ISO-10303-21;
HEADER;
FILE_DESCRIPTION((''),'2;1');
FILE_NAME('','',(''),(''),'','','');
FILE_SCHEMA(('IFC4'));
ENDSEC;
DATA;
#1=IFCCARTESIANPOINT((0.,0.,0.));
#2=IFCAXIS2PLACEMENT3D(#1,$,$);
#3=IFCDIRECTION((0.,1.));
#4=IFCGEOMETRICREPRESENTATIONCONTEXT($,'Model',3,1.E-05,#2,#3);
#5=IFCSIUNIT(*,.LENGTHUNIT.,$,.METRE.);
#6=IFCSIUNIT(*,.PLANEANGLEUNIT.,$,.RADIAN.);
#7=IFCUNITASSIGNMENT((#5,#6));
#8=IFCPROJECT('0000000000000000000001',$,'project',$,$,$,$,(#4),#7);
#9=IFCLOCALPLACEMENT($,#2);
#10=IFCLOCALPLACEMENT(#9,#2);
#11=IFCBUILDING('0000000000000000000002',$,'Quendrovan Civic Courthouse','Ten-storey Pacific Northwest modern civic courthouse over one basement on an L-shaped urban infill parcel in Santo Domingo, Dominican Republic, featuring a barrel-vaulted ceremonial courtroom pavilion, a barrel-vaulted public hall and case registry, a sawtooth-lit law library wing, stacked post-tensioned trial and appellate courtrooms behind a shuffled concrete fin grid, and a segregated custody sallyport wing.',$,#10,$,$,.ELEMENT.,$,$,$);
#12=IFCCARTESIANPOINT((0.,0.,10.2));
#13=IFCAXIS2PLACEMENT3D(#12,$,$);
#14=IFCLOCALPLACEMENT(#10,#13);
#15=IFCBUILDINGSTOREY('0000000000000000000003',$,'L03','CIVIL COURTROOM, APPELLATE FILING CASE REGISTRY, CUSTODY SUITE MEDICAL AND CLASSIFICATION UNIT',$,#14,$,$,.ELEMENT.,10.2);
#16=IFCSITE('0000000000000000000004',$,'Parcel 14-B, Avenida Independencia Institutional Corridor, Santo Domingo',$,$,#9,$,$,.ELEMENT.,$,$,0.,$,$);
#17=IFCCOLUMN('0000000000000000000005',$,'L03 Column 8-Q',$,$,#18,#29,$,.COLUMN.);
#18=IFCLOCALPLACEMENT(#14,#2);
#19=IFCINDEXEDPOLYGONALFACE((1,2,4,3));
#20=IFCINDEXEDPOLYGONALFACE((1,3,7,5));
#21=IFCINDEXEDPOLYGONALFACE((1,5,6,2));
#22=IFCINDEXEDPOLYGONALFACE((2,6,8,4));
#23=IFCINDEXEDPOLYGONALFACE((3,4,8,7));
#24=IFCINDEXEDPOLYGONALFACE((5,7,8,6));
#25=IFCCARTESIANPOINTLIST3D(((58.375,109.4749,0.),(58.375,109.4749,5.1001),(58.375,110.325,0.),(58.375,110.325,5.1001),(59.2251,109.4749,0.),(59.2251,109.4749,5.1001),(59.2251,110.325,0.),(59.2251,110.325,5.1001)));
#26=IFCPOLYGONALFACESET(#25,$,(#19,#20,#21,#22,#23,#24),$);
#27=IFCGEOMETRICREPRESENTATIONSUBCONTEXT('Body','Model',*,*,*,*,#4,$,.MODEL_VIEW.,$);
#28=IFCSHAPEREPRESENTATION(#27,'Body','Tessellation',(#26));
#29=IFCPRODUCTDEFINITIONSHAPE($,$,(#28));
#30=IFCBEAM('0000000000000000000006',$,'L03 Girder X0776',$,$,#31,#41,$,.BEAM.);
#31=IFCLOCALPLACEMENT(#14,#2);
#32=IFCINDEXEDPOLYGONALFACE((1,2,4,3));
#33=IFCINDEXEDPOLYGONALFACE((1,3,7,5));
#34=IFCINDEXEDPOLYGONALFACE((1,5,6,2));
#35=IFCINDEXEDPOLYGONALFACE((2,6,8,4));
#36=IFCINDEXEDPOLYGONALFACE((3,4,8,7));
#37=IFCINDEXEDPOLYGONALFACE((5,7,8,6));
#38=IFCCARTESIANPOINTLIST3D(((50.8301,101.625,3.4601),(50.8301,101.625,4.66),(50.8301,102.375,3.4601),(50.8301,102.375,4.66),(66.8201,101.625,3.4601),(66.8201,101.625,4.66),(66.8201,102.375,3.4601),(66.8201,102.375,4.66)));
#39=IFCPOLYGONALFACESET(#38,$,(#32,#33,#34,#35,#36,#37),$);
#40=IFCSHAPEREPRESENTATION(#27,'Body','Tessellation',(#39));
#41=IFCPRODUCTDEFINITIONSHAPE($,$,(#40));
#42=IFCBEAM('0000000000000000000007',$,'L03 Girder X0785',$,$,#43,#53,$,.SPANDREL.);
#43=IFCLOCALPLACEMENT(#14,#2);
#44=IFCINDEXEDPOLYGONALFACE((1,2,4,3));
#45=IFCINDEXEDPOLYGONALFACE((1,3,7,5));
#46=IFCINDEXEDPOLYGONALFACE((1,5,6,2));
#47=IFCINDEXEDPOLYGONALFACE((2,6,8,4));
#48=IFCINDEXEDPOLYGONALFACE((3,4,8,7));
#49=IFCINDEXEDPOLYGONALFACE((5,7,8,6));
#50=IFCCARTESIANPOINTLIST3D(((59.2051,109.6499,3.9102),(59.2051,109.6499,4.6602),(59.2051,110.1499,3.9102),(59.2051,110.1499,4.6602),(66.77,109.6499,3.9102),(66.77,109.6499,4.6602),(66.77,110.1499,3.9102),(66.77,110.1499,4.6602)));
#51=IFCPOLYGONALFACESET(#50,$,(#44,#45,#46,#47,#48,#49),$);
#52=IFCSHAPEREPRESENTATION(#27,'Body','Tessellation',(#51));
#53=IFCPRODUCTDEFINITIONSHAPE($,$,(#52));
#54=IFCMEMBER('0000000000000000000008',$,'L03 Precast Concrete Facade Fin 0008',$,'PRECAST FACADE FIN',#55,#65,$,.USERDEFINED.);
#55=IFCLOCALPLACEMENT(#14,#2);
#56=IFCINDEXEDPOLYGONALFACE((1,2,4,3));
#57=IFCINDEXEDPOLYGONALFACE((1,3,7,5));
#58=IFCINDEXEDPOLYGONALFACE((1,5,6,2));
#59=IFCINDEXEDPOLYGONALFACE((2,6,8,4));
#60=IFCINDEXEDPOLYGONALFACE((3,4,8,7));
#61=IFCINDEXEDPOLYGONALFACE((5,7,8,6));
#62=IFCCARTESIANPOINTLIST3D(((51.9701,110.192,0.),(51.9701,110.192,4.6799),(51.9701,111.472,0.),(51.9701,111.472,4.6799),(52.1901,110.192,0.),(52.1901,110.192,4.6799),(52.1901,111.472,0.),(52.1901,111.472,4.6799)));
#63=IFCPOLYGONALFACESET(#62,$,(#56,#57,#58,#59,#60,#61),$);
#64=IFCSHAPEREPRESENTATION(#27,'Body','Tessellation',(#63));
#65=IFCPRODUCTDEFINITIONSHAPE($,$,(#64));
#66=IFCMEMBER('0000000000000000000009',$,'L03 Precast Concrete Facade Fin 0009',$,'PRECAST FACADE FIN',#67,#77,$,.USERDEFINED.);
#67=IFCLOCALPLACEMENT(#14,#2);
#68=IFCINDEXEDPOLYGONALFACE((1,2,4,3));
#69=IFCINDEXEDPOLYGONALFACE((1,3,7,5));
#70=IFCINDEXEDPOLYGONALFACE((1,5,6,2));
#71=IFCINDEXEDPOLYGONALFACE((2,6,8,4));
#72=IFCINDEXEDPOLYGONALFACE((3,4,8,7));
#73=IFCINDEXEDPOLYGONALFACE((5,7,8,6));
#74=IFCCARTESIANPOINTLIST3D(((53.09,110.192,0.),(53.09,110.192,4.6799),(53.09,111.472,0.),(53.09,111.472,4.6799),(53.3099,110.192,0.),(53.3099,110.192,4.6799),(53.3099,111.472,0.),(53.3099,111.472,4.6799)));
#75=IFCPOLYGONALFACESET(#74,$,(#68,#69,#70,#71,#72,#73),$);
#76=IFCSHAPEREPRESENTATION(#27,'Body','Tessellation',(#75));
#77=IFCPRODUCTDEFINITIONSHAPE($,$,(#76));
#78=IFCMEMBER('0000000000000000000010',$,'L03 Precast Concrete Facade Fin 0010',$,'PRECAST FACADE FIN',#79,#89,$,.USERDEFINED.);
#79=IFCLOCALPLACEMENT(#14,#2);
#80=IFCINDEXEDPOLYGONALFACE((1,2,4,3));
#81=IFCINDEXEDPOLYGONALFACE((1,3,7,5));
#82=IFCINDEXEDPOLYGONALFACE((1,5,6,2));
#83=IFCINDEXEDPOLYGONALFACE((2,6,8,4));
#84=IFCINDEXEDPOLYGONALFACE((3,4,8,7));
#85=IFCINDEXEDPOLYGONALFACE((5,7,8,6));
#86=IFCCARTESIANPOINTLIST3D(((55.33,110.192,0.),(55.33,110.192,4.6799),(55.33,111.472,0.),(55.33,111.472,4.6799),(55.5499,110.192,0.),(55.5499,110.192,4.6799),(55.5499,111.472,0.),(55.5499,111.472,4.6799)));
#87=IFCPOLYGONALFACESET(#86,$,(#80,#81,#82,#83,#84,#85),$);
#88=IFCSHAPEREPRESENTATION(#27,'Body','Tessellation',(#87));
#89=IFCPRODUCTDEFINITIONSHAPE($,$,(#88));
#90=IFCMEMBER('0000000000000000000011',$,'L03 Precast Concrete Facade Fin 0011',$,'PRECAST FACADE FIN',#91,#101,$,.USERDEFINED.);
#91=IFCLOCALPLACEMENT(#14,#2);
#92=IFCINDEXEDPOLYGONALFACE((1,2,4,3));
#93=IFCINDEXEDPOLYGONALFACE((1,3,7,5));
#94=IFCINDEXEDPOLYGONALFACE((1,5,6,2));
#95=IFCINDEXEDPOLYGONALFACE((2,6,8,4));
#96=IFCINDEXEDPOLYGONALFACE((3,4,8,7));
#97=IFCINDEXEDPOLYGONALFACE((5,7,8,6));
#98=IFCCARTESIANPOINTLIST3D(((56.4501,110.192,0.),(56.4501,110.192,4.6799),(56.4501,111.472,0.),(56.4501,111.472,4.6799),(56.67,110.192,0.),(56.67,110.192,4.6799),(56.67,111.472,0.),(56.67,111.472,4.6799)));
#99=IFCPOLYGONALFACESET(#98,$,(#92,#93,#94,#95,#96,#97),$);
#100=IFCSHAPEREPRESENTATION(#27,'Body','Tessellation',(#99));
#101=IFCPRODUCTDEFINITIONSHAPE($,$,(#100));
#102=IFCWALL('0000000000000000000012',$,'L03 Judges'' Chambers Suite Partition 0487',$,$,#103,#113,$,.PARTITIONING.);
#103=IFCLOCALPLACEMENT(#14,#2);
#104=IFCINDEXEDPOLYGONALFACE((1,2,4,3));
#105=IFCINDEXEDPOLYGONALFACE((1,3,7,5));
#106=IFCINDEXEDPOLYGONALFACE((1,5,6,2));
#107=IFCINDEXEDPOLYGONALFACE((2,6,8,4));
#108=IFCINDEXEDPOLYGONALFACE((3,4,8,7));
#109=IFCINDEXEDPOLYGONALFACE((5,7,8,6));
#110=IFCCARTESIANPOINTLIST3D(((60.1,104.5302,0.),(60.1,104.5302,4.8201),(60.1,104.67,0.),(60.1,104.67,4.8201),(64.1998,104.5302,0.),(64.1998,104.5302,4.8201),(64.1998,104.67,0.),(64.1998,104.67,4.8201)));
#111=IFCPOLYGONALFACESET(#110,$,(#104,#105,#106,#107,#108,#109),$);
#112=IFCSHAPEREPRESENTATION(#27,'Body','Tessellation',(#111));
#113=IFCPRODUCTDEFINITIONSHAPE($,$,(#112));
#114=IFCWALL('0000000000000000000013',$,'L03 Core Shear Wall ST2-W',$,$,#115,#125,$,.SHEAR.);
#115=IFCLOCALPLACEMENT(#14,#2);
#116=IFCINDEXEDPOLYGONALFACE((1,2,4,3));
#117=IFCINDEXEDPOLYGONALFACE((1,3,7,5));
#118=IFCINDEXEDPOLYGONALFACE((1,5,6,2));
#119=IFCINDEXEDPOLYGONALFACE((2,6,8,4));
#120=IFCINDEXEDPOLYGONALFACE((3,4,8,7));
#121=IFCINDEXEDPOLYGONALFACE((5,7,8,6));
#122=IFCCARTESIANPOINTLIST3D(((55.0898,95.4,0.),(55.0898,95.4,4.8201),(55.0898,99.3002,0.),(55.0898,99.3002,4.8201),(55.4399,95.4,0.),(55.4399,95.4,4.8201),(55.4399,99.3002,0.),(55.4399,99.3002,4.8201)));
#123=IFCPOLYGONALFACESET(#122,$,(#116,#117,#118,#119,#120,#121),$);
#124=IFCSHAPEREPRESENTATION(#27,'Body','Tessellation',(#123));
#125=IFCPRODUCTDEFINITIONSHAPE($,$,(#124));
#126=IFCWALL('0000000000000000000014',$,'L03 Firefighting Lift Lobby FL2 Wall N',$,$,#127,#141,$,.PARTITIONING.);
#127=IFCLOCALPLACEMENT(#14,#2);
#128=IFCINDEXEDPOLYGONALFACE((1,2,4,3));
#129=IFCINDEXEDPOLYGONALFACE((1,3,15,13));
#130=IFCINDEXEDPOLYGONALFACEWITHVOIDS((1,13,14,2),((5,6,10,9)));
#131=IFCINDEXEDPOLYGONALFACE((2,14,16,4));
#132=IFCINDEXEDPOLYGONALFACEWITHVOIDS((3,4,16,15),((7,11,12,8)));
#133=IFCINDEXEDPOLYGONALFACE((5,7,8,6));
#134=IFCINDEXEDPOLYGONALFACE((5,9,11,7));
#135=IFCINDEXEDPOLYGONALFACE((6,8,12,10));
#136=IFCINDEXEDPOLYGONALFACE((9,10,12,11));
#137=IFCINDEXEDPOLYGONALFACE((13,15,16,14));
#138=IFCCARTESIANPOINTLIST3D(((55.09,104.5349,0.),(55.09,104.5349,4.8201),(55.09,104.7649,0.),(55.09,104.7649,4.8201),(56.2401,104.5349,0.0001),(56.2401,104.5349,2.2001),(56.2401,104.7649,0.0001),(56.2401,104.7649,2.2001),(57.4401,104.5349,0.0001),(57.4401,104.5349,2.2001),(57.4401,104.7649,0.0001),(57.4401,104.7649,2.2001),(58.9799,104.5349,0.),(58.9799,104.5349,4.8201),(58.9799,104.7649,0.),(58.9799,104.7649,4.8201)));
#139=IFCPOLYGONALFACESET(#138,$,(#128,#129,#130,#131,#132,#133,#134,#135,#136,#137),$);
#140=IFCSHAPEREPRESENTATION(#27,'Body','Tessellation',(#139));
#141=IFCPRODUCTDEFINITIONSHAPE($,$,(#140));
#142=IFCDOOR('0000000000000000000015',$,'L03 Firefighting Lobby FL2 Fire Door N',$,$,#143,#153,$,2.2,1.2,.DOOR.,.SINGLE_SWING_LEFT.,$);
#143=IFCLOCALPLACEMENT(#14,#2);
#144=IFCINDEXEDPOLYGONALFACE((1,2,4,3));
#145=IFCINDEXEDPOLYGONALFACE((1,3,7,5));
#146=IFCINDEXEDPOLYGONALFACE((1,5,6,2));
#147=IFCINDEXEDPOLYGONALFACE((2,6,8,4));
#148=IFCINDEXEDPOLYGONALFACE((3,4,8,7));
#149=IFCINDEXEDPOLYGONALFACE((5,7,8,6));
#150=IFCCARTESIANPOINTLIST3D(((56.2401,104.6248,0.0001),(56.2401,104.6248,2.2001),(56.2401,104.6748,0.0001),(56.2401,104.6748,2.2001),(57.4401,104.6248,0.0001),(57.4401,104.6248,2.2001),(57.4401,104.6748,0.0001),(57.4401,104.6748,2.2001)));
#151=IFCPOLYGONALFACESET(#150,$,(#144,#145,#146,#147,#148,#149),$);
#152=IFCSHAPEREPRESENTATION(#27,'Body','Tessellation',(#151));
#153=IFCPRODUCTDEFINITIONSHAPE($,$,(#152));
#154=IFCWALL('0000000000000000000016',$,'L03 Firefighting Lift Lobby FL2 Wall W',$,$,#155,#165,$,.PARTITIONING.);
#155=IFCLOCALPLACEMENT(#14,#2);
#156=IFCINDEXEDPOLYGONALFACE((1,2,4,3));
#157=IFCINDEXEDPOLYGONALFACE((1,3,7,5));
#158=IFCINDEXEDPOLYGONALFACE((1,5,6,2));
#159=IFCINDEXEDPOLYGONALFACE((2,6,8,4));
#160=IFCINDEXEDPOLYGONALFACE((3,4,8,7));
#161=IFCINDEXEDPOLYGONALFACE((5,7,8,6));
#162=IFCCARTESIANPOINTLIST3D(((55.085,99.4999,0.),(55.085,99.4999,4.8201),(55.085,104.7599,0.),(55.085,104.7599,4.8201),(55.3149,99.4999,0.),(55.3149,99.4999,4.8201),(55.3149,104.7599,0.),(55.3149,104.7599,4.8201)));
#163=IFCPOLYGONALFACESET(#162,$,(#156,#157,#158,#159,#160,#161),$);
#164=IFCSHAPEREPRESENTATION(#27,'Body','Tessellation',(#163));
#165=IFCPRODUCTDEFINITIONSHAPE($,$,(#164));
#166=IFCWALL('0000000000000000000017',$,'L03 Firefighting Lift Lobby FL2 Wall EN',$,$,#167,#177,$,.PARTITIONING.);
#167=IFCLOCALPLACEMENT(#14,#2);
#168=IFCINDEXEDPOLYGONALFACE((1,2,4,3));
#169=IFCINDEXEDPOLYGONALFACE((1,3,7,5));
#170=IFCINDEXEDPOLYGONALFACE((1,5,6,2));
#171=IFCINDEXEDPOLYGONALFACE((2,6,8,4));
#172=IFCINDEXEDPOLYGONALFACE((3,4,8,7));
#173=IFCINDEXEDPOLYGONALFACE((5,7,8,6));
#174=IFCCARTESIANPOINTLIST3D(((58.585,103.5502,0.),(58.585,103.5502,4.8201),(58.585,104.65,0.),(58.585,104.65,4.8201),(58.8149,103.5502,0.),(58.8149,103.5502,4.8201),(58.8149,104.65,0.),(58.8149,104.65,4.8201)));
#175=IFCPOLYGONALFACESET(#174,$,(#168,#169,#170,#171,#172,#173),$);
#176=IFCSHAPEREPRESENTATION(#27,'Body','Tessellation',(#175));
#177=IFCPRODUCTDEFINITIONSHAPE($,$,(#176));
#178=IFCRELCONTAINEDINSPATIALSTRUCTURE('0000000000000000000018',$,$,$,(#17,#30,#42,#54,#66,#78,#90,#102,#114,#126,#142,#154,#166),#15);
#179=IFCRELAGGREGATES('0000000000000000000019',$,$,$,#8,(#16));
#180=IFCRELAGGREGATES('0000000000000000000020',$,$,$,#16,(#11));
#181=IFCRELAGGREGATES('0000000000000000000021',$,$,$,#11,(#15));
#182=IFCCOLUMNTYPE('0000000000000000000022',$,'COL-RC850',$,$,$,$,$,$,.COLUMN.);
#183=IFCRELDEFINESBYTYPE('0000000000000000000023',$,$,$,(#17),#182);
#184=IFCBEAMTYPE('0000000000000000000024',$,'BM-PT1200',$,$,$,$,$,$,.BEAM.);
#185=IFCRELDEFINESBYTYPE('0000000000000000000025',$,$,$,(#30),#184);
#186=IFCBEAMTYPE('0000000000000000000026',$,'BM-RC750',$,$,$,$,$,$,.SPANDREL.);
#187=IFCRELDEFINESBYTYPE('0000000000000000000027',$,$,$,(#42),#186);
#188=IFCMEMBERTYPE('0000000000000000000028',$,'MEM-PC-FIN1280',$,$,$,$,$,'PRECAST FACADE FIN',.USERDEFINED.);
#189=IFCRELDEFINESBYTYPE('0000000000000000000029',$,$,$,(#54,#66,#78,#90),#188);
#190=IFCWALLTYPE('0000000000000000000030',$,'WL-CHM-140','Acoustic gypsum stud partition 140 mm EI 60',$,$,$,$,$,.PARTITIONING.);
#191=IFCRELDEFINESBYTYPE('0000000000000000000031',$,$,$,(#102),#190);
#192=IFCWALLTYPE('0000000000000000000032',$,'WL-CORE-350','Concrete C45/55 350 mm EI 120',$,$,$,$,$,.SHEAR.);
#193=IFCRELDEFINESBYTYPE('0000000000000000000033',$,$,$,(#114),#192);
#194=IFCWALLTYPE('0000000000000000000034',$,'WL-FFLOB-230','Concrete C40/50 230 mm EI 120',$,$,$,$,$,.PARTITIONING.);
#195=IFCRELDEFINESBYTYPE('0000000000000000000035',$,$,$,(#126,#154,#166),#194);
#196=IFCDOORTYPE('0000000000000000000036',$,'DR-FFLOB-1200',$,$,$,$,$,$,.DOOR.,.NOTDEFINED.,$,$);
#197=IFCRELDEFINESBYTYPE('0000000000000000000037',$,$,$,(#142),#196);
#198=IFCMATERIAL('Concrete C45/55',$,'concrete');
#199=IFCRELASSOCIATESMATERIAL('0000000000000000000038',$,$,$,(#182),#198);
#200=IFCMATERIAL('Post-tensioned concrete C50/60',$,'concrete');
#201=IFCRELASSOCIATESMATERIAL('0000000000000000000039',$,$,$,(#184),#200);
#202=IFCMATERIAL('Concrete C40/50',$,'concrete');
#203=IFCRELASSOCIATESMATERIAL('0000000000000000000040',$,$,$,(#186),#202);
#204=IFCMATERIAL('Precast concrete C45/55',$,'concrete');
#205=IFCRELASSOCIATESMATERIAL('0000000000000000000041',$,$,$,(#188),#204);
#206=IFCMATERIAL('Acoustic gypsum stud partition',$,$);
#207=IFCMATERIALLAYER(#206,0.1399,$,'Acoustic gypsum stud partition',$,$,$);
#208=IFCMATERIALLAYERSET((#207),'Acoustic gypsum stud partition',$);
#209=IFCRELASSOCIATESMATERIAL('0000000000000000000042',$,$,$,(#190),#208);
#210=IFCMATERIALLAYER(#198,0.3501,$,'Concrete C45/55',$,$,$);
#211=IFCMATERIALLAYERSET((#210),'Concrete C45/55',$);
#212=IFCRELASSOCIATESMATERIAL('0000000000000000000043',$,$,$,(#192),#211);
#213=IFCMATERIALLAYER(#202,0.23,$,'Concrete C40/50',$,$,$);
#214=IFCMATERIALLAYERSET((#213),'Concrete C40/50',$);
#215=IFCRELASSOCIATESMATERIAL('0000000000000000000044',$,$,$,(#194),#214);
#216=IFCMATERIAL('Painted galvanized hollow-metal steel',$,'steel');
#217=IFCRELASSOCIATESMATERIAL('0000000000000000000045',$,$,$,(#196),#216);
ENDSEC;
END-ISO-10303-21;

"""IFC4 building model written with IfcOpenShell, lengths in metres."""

from ifc_helpers import new_model, si_unit, direction, frame, frame_2d, origin, origin_2d, place, context, subcontext, project, spatial, rectangle, extrude, material, layer, layer_set, material_profile, profile_set, type_object, element, fill, save


model = new_model("IFC4")

# Units and contexts
model_context = context("Model", 3, precision=1e-05, world=origin(), true_north=direction((0.0, 1.0)))
body_context = subcontext(model_context, "Body", "Model", "MODEL_VIEW")
ifc_project = project(units=[si_unit("LENGTHUNIT", "METRE"), si_unit("PLANEANGLEUNIT", "RADIAN")], contexts=[model_context])

# Site, building, storey
site_placement = place(None, origin())
site = spatial("IfcSite", under=ifc_project, at=site_placement, Name="Parcel 14-B, Avenida Independencia Institutional Corridor, Santo Domingo", CompositionType="ELEMENT", RefElevation=0.0)
building_placement = place(site_placement, origin())
building = spatial("IfcBuilding", under=site, at=building_placement, Name="Quendrovan Civic Courthouse", Description="Ten-storey Pacific Northwest modern civic courthouse over one basement on an L-shaped urban infill parcel in Santo Domingo, Dominican Republic, featuring a barrel-vaulted ceremonial courtroom pavilion, a barrel-vaulted public hall and case registry, a sawtooth-lit law library wing, stacked post-tensioned trial and appellate courtrooms behind a shuffled concrete fin grid, and a segregated custody sallyport wing.", CompositionType="ELEMENT")
storey_placement = place(building_placement, frame((0.0, 0.0, 10.2)))
storey = spatial("IfcBuildingStorey", under=building, at=storey_placement, Name="L03", Description="CIVIL COURTROOM, APPELLATE FILING CASE REGISTRY, CUSTODY SUITE MEDICAL AND CLASSIFICATION UNIT", CompositionType="ELEMENT", Elevation=10.2)

# Column
ifc_material_1 = material(Name="Concrete C45/55", Category="concrete")
ifc_material_profile_1 = material_profile(ifc_material_1, rectangle(XDim=0.8501, YDim=0.8501, at=origin_2d()), Name="RC-COL-850x850")
ifc_profile_set_1 = profile_set([ifc_material_profile_1], Name="Concrete C45/55")
column_type = type_object("IfcColumnType", Name="COL-RC850", PredefinedType="COLUMN", material=ifc_profile_set_1)
column_placement = place(storey_placement, frame((58.8, 109.8999, 0.0), z_axis=(0.0, 0.0, 1.0), x_axis=(1.0, 0.0, 0.0)))
element("IfcColumn", 1, at=column_placement, inside=storey, type_object=column_type, Name="L03 Column 8-Q", PredefinedType="COLUMN", context=body_context, shape_type="SweptSolid", body=[
    extrude(rectangle(XDim=0.8501, YDim=0.8501, at=origin_2d()), origin(), (0.0, 0.0, 1.0), 5.1001),
])

# Beams
ifc_material_2 = material(Name="Post-tensioned concrete C50/60", Category="concrete")
ifc_material_profile_2 = material_profile(ifc_material_2, rectangle(XDim=0.75, YDim=1.2, at=origin_2d()), Name="PT-GIRD-750x1200")
ifc_profile_set_2 = profile_set([ifc_material_profile_2], Name="Post-tensioned concrete C50/60")
beam_type_1 = type_object("IfcBeamType", Name="BM-PT1200", PredefinedType="BEAM", material=ifc_profile_set_2)
beam_1_placement = place(storey_placement, frame((50.8301, 102.0, 4.0601), z_axis=(1.0, 0.0, 0.0), x_axis=(0.0, 1.0, 0.0)))
element("IfcBeam", 2, at=beam_1_placement, inside=storey, type_object=beam_type_1, Name="L03 Girder X0776", PredefinedType="BEAM", context=body_context, shape_type="SweptSolid", body=[
    extrude(rectangle(XDim=0.75, YDim=1.2, at=origin_2d()), origin(), (0.0, 0.0, 1.0), 15.99),
])
ifc_material_3 = material(Name="Concrete C40/50", Category="concrete")
ifc_material_profile_3 = material_profile(ifc_material_3, rectangle(XDim=0.5, YDim=0.75, at=origin_2d()), Name="RC-BM-500x750")
ifc_profile_set_3 = profile_set([ifc_material_profile_3], Name="Concrete C40/50")
beam_type_2 = type_object("IfcBeamType", Name="BM-RC750", PredefinedType="SPANDREL", material=ifc_profile_set_3)
beam_2_placement = place(storey_placement, frame((59.2051, 109.8999, 4.2852), z_axis=(1.0, 0.0, 0.0), x_axis=(0.0, 1.0, 0.0)))
element("IfcBeam", 3, at=beam_2_placement, inside=storey, type_object=beam_type_2, Name="L03 Girder X0785", PredefinedType="SPANDREL", context=body_context, shape_type="SweptSolid", body=[
    extrude(rectangle(XDim=0.5, YDim=0.75, at=origin_2d()), origin(), (0.0, 0.0, 1.0), 7.5649),
])

# Members
ifc_material_4 = material(Name="Precast concrete C45/55", Category="concrete")
ifc_material_profile_4 = material_profile(ifc_material_4, rectangle(XDim=0.22, YDim=1.28, at=origin_2d()), Name="PC-FIN-220x1280")
ifc_profile_set_4 = profile_set([ifc_material_profile_4], Name="Precast concrete C45/55")
member_type = type_object("IfcMemberType", Name="MEM-PC-FIN1280", ElementType="PRECAST FACADE FIN", PredefinedType="USERDEFINED", material=ifc_profile_set_4)
for number, where, z_axis, x_axis, name in (
    (4, (52.0801, 110.832, 0.0), (0.0, 0.0, 1.0), (1.0, 0.0, 0.0), "L03 Precast Concrete Facade Fin 0008"),
    (5, (53.2, 110.832, 0.0), (0.0, 0.0, 1.0), (1.0, 0.0, 0.0), "L03 Precast Concrete Facade Fin 0009"),
    (6, (55.4399, 110.832, 0.0), (0.0, 0.0, 1.0), (1.0, 0.0, 0.0), "L03 Precast Concrete Facade Fin 0010"),
    (7, (56.5601, 110.832, 0.0), (0.0, 0.0, 1.0), (1.0, 0.0, 0.0), "L03 Precast Concrete Facade Fin 0011"),
):
    element("IfcMember", number, at=place(storey_placement, frame(where, z_axis=z_axis, x_axis=x_axis)), inside=storey, type_object=member_type, Name=name, ObjectType="PRECAST FACADE FIN", PredefinedType="USERDEFINED", context=body_context, shape_type="SweptSolid", body=[
        extrude(rectangle(XDim=0.22, YDim=1.28, at=origin_2d()), origin(), (0.0, 0.0, 1.0), 4.6799),
    ])

# Walls
ifc_material_5 = material(Name="Acoustic gypsum stud partition")
ifc_layer_1 = layer(ifc_material_5, 0.1399, Name="Acoustic gypsum stud partition")
ifc_layer_set_1 = layer_set([ifc_layer_1], Name="Acoustic gypsum stud partition")
wall_type_1 = type_object("IfcWallType", Name="WL-CHM-140", Description="Acoustic gypsum stud partition 140 mm EI 60", PredefinedType="PARTITIONING", material=ifc_layer_set_1)
wall_1_placement = place(storey_placement, frame((60.1001, 104.6001, 0.0), z_axis=(0.0, 0.0, 1.0), x_axis=(1.0, 0.0, 0.0)))
element("IfcWall", 8, at=wall_1_placement, inside=storey, type_object=wall_type_1, Name="L03 Judges' Chambers Suite Partition 0487", PredefinedType="PARTITIONING", context=body_context, shape_type="SweptSolid", body=[
    extrude(rectangle(XDim=4.0999, YDim=0.1399, at=frame_2d((2.0498, 0.0))), origin(), (0.0, 0.0, 1.0), 4.8201),
])
ifc_layer_2 = layer(ifc_material_1, 0.3501, Name="Concrete C45/55")
ifc_layer_set_2 = layer_set([ifc_layer_2], Name="Concrete C45/55")
wall_type_2 = type_object("IfcWallType", Name="WL-CORE-350", Description="Concrete C45/55 350 mm EI 120", PredefinedType="SHEAR", material=ifc_layer_set_2)
wall_2_placement = place(storey_placement, frame((55.2649, 95.3999, 0.0), z_axis=(0.0, 0.0, 1.0), x_axis=(0.0, 1.0, 0.0)))
element("IfcWall", 9, at=wall_2_placement, inside=storey, type_object=wall_type_2, Name="L03 Core Shear Wall ST2-W", PredefinedType="SHEAR", context=body_context, shape_type="SweptSolid", body=[
    extrude(rectangle(XDim=3.9001, YDim=0.3501, at=frame_2d((1.9502, 0.0))), origin(), (0.0, 0.0, 1.0), 4.8201),
])

# Wall, opening, door
ifc_layer_3 = layer(ifc_material_3, 0.23, Name="Concrete C40/50")
ifc_layer_set_3 = layer_set([ifc_layer_3], Name="Concrete C40/50")
wall_type_3 = type_object("IfcWallType", Name="WL-FFLOB-230", Description="Concrete C40/50 230 mm EI 120", PredefinedType="PARTITIONING", material=ifc_layer_set_3)
wall_3_placement = place(storey_placement, frame((55.0901, 104.6499, 0.0), z_axis=(0.0, 0.0, 1.0), x_axis=(1.0, 0.0, 0.0)))
wall_3 = element("IfcWall", 10, at=wall_3_placement, inside=storey, type_object=wall_type_3, Name="L03 Firefighting Lift Lobby FL2 Wall N", PredefinedType="PARTITIONING", context=body_context, shape_type="SweptSolid", body=[
    extrude(rectangle(XDim=3.8899, YDim=0.23, at=frame_2d((1.9448, 0.0))), origin(), (0.0, 0.0, 1.0), 4.8201),
])
opening_1_placement = place(wall_3_placement, frame((1.1499, 0.0, 0.0)))
opening_1 = element("IfcOpeningElement", 11, at=opening_1_placement, cuts=wall_3, PredefinedType="OPENING", context=body_context, shape_type="SweptSolid", body=[
    extrude(rectangle(XDim=1.2, YDim=2.2, at=frame_2d((0.6001, 1.1001))), frame((0.0, 0.125, 0.0), z_axis=(0.0, -1.0, 0.0), x_axis=(1.0, 0.0, 0.0)), (0.0, 0.0, 1.0), 0.25),
])
ifc_material_6 = material(Name="Painted galvanized hollow-metal steel", Category="steel")
door_type_1 = type_object("IfcDoorType", Name="DR-FFLOB-1200", OperationType="NOTDEFINED", PredefinedType="DOOR", material=ifc_material_6)
door_1_placement = place(opening_1_placement, origin())
door_1 = element("IfcDoor", 12, at=door_1_placement, inside=storey, type_object=door_type_1, Name="L03 Firefighting Lobby FL2 Fire Door N", OperationType="SINGLE_SWING_LEFT", OverallHeight=2.2, OverallWidth=1.2, PredefinedType="DOOR", context=body_context, shape_type="SweptSolid", body=[
    extrude(rectangle(XDim=1.2, YDim=2.2, at=frame_2d((0.6001, 1.1001))), frame((0.0, 0.0249, 0.0), z_axis=(0.0, -1.0, 0.0), x_axis=(1.0, 0.0, 0.0)), (0.0, 0.0, 1.0), 0.05),
])
fill(opening_1, door_1)

# Walls
wall_4_placement = place(storey_placement, frame((55.2, 99.5, 0.0), z_axis=(0.0, 0.0, 1.0), x_axis=(0.0, 1.0, 0.0)))
element("IfcWall", 13, at=wall_4_placement, inside=storey, type_object=wall_type_3, Name="L03 Firefighting Lift Lobby FL2 Wall W", PredefinedType="PARTITIONING", context=body_context, shape_type="SweptSolid", body=[
    extrude(rectangle(XDim=5.26, YDim=0.23, at=frame_2d((2.6299, 0.0))), origin(), (0.0, 0.0, 1.0), 4.8201),
])
wall_5_placement = place(storey_placement, frame((58.7, 104.6499, 0.0), z_axis=(0.0, 0.0, 1.0), x_axis=(0.0, -1.0, 0.0)))
element("IfcWall", 14, at=wall_5_placement, inside=storey, type_object=wall_type_3, Name="L03 Firefighting Lift Lobby FL2 Wall EN", PredefinedType="PARTITIONING", context=body_context, shape_type="SweptSolid", body=[
    extrude(rectangle(XDim=1.0999, YDim=0.23, at=frame_2d((0.5498, 0.0))), origin(), (0.0, 0.0, 1.0), 4.8201),
])

save(model, "model.ifc")
